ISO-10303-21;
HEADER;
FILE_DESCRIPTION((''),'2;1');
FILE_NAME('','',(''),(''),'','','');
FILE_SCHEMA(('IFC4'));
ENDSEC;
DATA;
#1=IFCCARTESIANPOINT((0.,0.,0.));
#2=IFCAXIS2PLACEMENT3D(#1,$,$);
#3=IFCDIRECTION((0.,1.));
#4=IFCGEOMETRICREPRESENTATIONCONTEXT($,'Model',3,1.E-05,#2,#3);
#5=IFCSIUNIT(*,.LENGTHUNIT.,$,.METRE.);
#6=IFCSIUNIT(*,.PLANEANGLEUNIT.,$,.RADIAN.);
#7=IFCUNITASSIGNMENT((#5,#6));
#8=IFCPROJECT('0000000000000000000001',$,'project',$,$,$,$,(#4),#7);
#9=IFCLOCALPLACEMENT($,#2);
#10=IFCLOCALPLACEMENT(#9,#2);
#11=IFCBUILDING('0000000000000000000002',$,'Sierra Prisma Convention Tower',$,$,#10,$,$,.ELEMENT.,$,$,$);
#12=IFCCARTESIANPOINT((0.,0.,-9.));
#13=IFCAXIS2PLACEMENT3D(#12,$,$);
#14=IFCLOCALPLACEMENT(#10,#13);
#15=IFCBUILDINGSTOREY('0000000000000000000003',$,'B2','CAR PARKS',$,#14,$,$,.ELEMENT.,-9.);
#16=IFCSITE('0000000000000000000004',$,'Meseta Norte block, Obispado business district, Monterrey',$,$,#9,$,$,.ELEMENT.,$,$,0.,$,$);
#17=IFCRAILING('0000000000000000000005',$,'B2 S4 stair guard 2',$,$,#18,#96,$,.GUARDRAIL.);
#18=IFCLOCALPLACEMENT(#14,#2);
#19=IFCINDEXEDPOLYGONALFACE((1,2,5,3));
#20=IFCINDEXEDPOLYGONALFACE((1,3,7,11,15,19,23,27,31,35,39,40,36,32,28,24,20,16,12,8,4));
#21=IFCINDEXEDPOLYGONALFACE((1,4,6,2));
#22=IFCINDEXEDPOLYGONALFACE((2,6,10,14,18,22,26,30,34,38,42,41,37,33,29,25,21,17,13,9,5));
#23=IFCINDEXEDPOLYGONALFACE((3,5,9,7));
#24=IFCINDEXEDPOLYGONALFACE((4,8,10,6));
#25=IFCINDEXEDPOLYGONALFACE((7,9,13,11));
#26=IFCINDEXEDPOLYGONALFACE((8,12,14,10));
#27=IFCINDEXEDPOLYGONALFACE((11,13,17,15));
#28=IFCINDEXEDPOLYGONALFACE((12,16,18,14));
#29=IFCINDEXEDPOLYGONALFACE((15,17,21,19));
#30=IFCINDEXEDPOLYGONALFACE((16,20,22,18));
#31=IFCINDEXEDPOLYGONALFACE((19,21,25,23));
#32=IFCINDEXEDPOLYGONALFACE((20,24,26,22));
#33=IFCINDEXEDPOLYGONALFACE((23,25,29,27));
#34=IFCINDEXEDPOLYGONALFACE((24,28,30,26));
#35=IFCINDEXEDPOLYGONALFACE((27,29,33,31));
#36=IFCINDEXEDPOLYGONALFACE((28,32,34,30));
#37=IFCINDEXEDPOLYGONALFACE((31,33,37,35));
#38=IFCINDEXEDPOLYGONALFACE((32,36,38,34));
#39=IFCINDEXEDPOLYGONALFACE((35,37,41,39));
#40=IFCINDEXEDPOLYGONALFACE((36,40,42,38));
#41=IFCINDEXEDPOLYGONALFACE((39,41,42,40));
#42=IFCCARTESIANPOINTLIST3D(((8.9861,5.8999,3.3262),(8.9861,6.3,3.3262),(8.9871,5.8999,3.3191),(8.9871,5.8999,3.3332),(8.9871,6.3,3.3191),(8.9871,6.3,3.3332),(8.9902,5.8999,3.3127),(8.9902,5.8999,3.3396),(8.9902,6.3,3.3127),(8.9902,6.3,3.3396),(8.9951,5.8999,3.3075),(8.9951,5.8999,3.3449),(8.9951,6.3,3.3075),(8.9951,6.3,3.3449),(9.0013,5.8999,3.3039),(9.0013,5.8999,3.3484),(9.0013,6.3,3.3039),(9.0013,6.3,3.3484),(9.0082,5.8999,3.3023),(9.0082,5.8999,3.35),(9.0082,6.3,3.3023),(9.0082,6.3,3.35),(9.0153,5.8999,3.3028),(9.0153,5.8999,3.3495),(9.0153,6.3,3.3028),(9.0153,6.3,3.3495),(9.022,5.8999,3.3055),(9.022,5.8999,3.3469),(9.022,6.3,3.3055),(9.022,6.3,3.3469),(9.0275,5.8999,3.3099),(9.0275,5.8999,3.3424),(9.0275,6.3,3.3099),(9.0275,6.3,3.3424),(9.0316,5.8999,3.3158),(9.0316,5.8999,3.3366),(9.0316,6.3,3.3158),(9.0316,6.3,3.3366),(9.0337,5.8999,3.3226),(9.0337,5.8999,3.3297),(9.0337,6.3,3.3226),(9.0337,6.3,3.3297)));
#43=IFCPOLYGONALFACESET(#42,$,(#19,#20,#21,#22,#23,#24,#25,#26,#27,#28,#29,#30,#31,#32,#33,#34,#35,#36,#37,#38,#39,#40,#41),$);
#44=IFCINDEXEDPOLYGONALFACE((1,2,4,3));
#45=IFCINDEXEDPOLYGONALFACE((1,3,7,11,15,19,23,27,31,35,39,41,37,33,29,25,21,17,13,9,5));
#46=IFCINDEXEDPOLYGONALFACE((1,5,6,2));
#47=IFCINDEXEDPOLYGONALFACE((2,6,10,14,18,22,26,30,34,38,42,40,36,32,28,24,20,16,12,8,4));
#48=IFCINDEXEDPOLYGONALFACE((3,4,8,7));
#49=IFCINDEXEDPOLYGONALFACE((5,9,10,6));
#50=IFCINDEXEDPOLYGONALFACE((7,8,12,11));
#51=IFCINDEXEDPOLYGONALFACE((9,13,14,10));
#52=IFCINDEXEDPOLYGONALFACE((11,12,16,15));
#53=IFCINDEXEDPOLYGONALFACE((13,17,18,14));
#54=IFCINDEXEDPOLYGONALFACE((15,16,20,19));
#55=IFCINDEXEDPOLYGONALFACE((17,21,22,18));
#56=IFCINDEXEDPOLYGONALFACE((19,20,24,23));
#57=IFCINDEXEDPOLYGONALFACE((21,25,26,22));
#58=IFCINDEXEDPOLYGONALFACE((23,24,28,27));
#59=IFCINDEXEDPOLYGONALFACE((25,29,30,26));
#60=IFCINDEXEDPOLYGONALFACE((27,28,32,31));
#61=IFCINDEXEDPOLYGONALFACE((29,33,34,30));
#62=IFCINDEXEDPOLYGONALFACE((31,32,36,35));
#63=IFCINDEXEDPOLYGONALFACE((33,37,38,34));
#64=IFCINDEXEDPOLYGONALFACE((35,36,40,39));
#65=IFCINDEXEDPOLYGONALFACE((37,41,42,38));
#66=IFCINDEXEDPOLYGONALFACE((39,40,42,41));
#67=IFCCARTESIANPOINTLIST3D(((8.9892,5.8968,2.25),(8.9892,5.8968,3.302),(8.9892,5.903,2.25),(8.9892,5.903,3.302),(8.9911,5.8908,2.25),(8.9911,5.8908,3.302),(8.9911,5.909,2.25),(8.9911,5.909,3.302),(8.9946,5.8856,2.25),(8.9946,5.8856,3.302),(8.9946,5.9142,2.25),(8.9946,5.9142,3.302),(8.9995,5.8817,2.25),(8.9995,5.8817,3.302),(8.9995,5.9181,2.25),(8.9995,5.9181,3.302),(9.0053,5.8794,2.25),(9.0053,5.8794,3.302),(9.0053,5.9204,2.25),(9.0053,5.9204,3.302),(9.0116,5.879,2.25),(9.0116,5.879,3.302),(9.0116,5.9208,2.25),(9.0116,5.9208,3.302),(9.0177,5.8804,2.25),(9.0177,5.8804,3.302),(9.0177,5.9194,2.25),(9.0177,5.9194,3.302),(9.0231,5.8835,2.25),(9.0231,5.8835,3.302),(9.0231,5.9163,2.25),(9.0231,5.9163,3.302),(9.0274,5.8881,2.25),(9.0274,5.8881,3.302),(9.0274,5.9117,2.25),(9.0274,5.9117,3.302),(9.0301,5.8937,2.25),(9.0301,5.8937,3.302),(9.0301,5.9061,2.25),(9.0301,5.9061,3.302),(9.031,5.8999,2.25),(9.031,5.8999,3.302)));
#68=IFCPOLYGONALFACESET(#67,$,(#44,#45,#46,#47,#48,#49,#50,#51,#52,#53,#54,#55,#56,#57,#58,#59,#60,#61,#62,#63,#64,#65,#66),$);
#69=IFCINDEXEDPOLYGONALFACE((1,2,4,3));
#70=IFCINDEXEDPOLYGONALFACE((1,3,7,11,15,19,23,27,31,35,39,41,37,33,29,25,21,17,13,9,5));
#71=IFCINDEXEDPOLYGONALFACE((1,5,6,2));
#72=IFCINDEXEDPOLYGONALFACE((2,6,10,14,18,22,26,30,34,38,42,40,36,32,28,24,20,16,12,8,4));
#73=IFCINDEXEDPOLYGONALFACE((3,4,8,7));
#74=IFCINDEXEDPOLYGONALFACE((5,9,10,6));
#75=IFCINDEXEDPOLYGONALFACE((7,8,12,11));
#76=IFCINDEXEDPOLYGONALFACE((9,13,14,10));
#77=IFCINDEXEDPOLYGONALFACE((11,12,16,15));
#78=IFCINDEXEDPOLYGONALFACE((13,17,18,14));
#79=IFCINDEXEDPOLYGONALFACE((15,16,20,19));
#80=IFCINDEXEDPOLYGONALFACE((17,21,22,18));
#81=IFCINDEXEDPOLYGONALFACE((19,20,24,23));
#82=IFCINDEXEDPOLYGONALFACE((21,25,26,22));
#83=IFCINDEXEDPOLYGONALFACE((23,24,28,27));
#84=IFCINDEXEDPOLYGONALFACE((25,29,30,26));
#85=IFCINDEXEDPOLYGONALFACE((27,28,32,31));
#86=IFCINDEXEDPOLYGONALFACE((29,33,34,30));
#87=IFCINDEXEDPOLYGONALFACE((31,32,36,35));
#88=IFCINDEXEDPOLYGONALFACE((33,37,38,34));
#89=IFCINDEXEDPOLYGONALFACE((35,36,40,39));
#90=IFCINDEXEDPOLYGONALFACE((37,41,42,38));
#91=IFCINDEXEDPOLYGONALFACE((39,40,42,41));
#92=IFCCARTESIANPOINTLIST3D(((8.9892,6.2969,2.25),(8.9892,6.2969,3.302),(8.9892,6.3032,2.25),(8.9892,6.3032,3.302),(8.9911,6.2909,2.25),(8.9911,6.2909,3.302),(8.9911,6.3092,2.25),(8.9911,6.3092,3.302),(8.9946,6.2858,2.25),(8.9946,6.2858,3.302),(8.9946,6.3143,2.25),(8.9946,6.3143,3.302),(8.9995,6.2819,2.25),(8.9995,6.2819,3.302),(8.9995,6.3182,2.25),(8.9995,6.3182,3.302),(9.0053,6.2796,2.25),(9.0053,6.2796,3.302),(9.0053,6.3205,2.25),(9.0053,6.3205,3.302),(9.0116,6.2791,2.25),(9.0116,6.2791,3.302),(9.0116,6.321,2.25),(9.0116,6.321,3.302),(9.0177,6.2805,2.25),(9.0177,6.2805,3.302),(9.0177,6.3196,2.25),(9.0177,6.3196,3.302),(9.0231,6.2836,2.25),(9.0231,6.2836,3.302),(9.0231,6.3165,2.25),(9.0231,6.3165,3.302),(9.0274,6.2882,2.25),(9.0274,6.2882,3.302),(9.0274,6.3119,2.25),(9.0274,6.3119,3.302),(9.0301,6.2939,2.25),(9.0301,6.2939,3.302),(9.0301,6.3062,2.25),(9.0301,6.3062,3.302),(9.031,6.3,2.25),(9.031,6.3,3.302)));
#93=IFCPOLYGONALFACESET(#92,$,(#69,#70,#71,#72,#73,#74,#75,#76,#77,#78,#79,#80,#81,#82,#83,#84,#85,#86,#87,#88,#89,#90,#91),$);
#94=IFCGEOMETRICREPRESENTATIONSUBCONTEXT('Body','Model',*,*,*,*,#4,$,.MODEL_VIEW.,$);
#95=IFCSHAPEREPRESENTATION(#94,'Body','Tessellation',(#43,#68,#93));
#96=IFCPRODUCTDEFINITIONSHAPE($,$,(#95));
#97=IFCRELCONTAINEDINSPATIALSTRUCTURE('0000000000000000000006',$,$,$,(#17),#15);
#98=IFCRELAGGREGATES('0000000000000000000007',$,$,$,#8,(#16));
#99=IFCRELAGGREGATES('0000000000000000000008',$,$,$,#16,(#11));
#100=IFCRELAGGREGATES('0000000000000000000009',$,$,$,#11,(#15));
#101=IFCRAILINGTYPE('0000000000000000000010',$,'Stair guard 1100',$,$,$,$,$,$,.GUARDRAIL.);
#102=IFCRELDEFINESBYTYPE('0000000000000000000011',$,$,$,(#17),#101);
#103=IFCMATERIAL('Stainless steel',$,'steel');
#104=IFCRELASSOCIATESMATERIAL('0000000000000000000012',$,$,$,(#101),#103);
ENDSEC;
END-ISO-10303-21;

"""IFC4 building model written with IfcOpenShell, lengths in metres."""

from ifc_helpers import new_model, si_unit, direction, frame, origin, origin_2d, place, context, subcontext, project, spatial, circle, extrude, material, type_object, element, save


model = new_model("IFC4")

# Units and contexts
model_context = context("Model", 3, precision=1e-05, world=origin(), true_north=direction((0.0, 1.0)))
body_context = subcontext(model_context, "Body", "Model", "MODEL_VIEW")
ifc_project = project(units=[si_unit("LENGTHUNIT", "METRE"), si_unit("PLANEANGLEUNIT", "RADIAN")], contexts=[model_context])

# Site, building, storey
site_placement = place(None, origin())
site = spatial("IfcSite", under=ifc_project, at=site_placement, Name="Meseta Norte block, Obispado business district, Monterrey", CompositionType="ELEMENT", RefElevation=0.0)
building_placement = place(site_placement, origin())
building = spatial("IfcBuilding", under=site, at=building_placement, Name="Sierra Prisma Convention Tower", CompositionType="ELEMENT")
storey_placement = place(building_placement, frame((0.0, 0.0, -9.0)))
storey = spatial("IfcBuildingStorey", under=building, at=storey_placement, Name="B2", Description="CAR PARKS", CompositionType="ELEMENT", Elevation=-9.0)

# Railing
ifc_material_1 = material(Name="Stainless steel", Category="steel")
railing_type_1 = type_object("IfcRailingType", Name="Stair guard 1100", PredefinedType="GUARDRAIL", material=ifc_material_1)
railing_1_placement = place(storey_placement, frame((9.01, 5.8999, 2.25)))
element("IfcRailing", 1, at=railing_1_placement, inside=storey, type_object=railing_type_1, Name="B2 S4 stair guard 2", PredefinedType="GUARDRAIL", context=body_context, shape_type="SweptSolid", body=[
    extrude(circle(Radius=0.0239, at=origin_2d()), frame((0.0, 0.0, 1.0762), z_axis=(0.0, 1.0, 0.0), x_axis=(-1.0, 0.0, 0.0)), (0.0, 0.0, 1.0), 0.4001),
    extrude(circle(Radius=0.021, at=origin_2d()), origin(), (0.0, 0.0, 1.0), 1.052),
    extrude(circle(Radius=0.021, at=origin_2d()), frame((0.0, 0.4001, 0.0)), (0.0, 0.0, 1.0), 1.052),
])

save(model, "model.ifc")
